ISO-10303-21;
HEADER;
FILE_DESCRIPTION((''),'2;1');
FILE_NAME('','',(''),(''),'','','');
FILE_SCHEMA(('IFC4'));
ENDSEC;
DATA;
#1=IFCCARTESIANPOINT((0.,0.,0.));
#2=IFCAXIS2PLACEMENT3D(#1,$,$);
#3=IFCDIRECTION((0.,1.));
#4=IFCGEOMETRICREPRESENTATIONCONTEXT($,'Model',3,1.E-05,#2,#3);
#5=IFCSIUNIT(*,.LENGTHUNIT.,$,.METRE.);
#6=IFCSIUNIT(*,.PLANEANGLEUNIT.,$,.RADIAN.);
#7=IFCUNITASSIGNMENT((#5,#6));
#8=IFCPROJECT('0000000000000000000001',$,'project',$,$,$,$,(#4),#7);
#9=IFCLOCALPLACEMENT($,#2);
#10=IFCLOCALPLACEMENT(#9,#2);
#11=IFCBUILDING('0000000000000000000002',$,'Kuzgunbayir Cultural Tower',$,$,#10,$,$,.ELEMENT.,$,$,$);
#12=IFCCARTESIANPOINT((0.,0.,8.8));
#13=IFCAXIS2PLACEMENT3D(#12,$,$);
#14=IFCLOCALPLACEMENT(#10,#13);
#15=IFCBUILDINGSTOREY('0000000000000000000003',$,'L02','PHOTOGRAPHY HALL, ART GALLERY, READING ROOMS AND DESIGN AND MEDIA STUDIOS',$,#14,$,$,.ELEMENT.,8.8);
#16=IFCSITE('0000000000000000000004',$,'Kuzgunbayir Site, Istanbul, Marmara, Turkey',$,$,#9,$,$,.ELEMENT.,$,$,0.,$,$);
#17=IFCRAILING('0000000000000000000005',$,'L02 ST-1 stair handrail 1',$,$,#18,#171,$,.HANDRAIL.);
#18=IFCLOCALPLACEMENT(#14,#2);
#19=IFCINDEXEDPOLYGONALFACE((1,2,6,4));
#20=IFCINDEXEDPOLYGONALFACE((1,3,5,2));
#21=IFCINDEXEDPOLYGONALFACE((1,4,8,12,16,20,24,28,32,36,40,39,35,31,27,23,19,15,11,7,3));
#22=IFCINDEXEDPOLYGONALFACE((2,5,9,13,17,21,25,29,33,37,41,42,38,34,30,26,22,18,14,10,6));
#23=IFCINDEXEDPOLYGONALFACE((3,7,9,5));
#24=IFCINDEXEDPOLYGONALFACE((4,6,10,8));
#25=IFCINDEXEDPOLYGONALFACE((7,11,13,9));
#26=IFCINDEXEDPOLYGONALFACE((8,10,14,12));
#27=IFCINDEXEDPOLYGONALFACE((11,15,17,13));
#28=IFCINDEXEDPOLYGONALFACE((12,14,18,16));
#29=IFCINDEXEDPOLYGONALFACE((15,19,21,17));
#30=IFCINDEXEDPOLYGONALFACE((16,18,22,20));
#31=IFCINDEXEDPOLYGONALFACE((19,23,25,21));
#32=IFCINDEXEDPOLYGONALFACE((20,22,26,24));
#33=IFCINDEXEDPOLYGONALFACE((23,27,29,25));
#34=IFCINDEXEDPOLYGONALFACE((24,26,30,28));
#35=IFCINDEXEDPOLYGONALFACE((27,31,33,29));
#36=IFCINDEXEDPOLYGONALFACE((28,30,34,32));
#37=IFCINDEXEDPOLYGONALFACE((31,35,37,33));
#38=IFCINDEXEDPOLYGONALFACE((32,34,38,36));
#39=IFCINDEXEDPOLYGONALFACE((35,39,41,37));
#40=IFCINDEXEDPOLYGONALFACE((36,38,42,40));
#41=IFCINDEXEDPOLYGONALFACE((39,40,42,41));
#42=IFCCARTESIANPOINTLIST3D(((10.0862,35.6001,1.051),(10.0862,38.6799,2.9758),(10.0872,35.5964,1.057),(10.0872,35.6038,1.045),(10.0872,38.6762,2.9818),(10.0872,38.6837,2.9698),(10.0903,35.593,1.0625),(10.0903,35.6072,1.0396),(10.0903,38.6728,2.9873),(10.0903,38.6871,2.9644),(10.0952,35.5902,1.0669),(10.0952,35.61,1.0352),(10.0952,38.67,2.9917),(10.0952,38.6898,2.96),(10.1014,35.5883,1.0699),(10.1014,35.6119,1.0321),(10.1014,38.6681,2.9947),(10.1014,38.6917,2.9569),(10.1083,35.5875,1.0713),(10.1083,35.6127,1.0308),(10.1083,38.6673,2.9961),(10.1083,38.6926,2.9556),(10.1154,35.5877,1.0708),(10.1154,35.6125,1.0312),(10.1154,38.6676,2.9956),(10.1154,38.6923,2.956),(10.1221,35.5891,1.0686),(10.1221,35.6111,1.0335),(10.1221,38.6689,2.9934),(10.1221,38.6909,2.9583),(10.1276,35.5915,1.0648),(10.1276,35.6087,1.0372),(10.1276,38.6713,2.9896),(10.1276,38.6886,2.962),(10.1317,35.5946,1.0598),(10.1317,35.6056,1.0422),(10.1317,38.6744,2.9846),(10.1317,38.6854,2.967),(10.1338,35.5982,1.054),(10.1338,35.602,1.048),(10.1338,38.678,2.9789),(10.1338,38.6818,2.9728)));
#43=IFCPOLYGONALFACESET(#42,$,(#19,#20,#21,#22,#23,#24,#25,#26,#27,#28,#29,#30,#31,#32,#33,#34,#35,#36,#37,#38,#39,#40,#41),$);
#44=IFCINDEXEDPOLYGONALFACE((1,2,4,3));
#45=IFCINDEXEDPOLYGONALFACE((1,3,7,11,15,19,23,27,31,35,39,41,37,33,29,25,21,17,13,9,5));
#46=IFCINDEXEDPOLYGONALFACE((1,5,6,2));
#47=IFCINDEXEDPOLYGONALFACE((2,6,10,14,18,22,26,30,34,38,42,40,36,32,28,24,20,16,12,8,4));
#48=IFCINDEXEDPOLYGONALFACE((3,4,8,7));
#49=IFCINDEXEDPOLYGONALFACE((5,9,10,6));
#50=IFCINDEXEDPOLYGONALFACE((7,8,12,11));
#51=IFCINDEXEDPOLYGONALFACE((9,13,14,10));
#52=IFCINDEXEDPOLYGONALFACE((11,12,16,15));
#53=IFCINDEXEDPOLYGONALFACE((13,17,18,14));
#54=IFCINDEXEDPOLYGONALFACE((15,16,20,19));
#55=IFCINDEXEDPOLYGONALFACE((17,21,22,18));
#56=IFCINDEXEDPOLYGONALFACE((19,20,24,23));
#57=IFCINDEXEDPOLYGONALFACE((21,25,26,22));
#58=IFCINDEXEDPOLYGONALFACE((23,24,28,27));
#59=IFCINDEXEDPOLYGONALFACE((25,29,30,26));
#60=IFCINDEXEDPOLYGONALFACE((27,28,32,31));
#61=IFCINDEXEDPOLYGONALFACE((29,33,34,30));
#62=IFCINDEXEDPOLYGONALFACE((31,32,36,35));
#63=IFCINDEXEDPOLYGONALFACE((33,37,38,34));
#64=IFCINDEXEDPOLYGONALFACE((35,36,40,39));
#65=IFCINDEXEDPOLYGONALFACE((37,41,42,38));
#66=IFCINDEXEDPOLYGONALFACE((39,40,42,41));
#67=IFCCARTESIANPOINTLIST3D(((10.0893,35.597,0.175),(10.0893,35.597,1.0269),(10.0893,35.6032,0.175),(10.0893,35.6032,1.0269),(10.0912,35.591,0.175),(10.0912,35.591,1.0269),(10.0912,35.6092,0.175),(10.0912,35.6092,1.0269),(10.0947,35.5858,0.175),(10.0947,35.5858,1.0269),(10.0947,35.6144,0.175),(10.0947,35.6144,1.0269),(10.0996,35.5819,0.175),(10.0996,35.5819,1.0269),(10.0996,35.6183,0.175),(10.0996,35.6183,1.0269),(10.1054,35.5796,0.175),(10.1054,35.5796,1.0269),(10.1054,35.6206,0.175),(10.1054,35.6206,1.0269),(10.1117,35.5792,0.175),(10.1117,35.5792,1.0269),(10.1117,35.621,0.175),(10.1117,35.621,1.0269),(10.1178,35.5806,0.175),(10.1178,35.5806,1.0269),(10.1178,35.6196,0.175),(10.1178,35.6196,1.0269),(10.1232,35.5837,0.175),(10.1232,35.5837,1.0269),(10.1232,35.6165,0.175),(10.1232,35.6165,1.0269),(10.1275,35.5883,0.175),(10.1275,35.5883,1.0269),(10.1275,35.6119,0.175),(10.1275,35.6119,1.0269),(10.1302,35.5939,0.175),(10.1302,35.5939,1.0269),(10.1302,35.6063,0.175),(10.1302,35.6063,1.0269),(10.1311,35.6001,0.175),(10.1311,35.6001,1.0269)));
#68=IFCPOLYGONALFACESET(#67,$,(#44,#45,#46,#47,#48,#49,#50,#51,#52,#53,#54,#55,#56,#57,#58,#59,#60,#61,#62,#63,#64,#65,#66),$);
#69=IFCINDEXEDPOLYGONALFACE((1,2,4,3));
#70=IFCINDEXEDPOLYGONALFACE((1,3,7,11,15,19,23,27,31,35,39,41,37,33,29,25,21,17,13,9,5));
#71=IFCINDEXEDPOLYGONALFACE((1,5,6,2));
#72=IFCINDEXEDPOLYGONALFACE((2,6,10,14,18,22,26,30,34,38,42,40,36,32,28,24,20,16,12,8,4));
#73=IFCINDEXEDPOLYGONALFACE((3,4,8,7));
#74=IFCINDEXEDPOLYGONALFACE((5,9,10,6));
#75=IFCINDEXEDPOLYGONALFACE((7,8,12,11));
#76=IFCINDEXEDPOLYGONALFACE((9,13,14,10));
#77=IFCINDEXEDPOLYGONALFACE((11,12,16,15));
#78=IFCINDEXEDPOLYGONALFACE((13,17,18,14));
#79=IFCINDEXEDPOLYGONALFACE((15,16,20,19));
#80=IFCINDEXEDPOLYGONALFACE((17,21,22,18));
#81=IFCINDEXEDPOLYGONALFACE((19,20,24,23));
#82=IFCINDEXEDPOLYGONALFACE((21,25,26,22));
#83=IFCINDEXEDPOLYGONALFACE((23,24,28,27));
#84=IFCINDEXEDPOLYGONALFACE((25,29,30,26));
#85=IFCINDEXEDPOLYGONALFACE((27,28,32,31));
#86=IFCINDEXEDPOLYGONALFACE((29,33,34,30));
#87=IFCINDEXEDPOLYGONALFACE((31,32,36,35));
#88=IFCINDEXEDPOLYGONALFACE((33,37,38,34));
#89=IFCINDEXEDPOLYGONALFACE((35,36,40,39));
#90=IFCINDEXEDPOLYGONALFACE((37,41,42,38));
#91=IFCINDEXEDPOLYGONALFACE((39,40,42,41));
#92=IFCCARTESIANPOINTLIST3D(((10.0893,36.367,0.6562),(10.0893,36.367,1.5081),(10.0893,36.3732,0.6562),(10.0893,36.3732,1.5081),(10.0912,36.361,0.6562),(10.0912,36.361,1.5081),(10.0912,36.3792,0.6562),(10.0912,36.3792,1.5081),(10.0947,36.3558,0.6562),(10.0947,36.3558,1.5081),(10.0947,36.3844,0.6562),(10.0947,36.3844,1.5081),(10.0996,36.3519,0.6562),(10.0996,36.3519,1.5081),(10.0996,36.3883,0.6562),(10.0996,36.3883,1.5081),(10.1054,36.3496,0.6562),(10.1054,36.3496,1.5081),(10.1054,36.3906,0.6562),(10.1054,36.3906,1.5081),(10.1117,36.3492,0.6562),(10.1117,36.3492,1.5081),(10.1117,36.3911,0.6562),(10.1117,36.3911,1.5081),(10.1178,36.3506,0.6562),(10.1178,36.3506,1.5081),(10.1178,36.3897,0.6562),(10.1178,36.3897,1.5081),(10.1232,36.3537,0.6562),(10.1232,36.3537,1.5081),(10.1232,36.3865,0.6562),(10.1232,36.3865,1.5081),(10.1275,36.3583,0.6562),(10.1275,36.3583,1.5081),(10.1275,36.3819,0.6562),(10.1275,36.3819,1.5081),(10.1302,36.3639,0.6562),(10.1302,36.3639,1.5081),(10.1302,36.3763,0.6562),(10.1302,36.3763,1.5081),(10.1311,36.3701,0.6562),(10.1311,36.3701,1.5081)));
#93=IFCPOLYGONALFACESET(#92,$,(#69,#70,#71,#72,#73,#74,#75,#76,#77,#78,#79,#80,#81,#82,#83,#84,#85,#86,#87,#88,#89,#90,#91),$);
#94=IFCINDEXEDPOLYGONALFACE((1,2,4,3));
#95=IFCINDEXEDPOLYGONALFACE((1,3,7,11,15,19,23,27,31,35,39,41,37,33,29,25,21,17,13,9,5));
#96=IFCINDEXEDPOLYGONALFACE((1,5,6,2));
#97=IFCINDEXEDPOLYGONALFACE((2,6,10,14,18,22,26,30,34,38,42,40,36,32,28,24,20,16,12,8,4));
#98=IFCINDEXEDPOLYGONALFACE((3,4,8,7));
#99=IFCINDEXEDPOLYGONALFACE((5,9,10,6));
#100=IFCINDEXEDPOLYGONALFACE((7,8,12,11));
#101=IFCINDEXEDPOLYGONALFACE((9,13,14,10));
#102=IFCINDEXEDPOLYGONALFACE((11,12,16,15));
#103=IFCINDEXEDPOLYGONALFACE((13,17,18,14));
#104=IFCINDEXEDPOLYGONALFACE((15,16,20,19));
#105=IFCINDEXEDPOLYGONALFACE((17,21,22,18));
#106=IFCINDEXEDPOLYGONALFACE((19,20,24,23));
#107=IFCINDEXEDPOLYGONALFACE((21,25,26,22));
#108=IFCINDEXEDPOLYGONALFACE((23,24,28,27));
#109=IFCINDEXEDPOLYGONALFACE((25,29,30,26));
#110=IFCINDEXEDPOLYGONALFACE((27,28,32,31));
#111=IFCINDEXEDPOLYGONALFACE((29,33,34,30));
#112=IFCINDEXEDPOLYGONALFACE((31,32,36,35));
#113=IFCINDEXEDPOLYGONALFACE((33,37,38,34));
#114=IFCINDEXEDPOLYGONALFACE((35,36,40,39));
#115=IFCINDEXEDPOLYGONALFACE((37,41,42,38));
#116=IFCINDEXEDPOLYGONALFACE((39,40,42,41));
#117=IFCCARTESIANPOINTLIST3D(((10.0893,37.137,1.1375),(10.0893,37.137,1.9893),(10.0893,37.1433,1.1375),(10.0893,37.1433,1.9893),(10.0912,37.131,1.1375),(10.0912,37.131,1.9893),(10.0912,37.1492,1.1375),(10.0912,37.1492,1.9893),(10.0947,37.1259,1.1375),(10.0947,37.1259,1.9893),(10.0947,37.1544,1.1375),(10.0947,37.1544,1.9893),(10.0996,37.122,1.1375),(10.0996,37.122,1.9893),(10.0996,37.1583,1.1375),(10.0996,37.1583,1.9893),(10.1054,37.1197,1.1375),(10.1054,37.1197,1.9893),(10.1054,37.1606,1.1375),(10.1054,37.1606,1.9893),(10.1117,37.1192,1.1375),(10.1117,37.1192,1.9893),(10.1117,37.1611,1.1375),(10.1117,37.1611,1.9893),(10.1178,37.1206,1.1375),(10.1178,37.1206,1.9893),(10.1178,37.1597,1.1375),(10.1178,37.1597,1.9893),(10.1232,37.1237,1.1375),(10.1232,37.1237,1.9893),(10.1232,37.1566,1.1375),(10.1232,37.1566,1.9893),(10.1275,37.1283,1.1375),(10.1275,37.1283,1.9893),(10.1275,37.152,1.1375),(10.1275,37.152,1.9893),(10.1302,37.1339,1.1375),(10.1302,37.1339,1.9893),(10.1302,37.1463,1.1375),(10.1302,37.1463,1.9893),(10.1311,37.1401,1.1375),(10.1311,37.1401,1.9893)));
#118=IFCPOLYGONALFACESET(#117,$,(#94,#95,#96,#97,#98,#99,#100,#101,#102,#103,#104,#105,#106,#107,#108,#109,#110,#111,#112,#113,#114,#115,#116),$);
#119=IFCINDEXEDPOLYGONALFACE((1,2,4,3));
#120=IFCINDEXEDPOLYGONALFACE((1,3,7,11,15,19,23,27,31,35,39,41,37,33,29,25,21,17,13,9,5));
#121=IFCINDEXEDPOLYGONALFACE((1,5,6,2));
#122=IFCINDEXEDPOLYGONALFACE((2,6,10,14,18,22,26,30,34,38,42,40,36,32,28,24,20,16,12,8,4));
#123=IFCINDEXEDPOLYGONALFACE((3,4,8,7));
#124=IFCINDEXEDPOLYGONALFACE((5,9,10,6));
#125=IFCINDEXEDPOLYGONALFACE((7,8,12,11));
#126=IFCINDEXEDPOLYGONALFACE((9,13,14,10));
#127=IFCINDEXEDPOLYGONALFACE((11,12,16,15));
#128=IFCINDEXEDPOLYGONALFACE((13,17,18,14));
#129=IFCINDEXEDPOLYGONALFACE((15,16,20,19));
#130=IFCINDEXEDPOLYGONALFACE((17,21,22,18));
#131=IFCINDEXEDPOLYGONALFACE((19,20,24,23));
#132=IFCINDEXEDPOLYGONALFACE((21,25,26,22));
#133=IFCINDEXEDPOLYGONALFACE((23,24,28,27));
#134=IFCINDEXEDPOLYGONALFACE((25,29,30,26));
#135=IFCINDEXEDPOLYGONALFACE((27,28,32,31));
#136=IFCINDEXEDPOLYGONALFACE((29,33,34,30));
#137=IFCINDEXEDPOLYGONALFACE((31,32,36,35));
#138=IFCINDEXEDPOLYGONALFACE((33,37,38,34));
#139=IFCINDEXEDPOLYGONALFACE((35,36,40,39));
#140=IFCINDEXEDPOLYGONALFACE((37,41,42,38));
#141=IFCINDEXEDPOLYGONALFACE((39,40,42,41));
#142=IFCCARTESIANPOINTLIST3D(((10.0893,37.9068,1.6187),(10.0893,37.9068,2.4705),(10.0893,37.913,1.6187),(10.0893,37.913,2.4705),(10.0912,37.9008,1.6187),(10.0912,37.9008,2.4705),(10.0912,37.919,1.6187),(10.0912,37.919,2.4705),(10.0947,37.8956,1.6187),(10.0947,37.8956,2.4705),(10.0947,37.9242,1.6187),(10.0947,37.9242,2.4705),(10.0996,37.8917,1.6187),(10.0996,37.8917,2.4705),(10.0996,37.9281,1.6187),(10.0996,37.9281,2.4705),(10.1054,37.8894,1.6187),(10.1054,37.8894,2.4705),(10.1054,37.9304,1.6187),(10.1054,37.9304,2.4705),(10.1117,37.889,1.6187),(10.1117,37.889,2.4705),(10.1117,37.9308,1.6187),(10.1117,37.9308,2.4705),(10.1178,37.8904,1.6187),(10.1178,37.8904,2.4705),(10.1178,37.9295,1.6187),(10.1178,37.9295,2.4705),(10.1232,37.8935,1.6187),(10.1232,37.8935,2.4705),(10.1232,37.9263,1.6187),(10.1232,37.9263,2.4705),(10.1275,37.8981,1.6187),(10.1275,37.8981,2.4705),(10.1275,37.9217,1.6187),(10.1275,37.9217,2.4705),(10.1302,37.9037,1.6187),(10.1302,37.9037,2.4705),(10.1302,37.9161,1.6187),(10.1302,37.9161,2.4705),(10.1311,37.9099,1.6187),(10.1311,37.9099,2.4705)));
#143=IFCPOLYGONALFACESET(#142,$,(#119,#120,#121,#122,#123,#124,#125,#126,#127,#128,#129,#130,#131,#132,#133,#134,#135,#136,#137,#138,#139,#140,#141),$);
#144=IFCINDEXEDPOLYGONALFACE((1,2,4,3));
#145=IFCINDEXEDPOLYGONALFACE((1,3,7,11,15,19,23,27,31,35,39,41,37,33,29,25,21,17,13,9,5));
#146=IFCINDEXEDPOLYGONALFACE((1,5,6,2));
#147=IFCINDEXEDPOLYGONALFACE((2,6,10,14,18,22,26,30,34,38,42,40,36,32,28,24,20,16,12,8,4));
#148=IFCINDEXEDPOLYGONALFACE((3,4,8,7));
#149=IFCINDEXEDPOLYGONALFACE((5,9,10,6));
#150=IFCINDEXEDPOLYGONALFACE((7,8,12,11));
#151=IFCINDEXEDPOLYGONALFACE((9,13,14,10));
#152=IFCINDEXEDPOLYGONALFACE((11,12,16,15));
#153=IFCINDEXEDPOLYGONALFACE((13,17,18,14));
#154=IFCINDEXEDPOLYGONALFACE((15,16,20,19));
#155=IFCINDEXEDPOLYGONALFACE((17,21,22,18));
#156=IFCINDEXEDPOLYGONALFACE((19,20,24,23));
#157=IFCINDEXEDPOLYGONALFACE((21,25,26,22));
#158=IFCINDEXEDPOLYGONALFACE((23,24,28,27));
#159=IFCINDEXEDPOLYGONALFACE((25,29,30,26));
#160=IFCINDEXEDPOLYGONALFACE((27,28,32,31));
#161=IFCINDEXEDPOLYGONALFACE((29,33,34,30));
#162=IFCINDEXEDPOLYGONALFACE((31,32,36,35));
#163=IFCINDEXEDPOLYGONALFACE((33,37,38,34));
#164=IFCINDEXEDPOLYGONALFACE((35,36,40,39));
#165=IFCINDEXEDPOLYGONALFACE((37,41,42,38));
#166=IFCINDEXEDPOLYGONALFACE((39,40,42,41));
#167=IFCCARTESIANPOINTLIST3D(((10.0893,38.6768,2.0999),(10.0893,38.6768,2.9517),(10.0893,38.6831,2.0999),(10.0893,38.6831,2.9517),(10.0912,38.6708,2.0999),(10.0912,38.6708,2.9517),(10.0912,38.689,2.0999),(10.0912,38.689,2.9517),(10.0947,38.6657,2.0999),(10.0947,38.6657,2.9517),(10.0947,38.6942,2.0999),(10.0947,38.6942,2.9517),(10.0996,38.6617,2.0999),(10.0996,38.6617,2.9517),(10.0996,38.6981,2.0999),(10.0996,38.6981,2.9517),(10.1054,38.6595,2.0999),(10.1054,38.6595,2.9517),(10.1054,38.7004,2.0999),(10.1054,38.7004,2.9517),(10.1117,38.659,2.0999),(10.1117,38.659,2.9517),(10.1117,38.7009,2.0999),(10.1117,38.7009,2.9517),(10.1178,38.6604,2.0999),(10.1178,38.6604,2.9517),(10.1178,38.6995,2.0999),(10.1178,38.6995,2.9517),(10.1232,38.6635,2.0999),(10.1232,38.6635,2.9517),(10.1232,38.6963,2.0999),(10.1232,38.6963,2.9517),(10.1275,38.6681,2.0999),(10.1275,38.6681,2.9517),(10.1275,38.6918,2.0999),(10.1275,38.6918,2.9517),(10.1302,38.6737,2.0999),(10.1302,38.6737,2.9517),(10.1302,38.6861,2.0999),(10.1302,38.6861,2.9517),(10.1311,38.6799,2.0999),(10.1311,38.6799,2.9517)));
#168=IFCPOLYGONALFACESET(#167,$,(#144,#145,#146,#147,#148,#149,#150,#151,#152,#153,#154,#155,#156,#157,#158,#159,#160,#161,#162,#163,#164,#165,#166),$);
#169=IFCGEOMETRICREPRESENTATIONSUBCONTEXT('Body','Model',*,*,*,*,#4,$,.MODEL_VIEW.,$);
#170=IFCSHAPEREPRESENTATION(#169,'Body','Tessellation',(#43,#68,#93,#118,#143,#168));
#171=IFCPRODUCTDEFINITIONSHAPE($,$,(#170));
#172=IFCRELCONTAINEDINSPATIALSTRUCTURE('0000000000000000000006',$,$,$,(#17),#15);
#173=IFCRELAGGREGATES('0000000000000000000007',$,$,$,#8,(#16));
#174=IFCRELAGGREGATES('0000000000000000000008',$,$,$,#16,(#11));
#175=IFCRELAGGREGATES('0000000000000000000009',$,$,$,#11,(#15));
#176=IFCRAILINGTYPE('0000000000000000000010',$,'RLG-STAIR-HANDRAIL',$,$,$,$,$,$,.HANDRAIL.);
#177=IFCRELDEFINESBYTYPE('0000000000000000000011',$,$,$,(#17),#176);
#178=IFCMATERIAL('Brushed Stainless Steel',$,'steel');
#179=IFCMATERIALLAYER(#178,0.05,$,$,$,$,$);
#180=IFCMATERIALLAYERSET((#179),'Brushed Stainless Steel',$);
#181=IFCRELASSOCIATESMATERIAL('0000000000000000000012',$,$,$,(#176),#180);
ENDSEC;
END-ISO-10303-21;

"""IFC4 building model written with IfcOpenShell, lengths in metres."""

from ifc_helpers import new_model, si_unit, direction, frame, origin, origin_2d, place, context, subcontext, project, spatial, circle, extrude, material, layer, layer_set, type_object, element, save


model = new_model("IFC4")

# Units and contexts
model_context = context("Model", 3, precision=1e-05, world=origin(), true_north=direction((0.0, 1.0)))
body_context = subcontext(model_context, "Body", "Model", "MODEL_VIEW")
ifc_project = project(units=[si_unit("LENGTHUNIT", "METRE"), si_unit("PLANEANGLEUNIT", "RADIAN")], contexts=[model_context])

# Site, building, storey
site_placement = place(None, origin())
site = spatial("IfcSite", under=ifc_project, at=site_placement, Name="Kuzgunbayir Site, Istanbul, Marmara, Turkey", CompositionType="ELEMENT", RefElevation=0.0)
building_placement = place(site_placement, origin())
building = spatial("IfcBuilding", under=site, at=building_placement, Name="Kuzgunbayir Cultural Tower", CompositionType="ELEMENT")
storey_placement = place(building_placement, frame((0.0, 0.0, 8.8)))
storey = spatial("IfcBuildingStorey", under=building, at=storey_placement, Name="L02", Description="PHOTOGRAPHY HALL, ART GALLERY, READING ROOMS AND DESIGN AND MEDIA STUDIOS", CompositionType="ELEMENT", Elevation=8.8)

# Shared definitions
ifc_material_1 = material(Name="Brushed Stainless Steel", Category="steel")

# Railing
ifc_layer_1 = layer(ifc_material_1, 0.05)
ifc_layer_set_1 = layer_set([ifc_layer_1], Name="Brushed Stainless Steel")
railing_type_1 = type_object("IfcRailingType", Name="RLG-STAIR-HANDRAIL", PredefinedType="HANDRAIL", material=ifc_layer_set_1)
railing_1_placement = place(storey_placement, frame((10.1101, 35.6001, 0.175)))
element("IfcRailing", 1, at=railing_1_placement, inside=storey, type_object=railing_type_1, Name="L02 ST-1 stair handrail 1", PredefinedType="HANDRAIL", context=body_context, shape_type="SweptSolid", body=[
    extrude(circle(Radius=0.0239, at=origin_2d()), frame((0.0, 0.0, 0.876), z_axis=(0.0, 0.84801, 0.529981), x_axis=(-1.0, 0.0, 0.0)), (0.0, 0.0, 1.0), 3.6318),
    extrude(circle(Radius=0.021, at=origin_2d()), origin(), (0.0, 0.0, 1.0), 0.8518),
    extrude(circle(Radius=0.021, at=origin_2d()), frame((0.0, 0.77, 0.4812)), (0.0, 0.0, 1.0), 0.8518),
    extrude(circle(Radius=0.021, at=origin_2d()), frame((0.0, 1.54, 0.9624)), (0.0, 0.0, 1.0), 0.8518),
    extrude(circle(Radius=0.021, at=origin_2d()), frame((0.0, 2.3098, 1.4436)), (0.0, 0.0, 1.0), 0.8518),
    extrude(circle(Radius=0.021, at=origin_2d()), frame((0.0, 3.0798, 1.9248)), (0.0, 0.0, 1.0), 0.8518),
])

save(model, "model.ifc")
